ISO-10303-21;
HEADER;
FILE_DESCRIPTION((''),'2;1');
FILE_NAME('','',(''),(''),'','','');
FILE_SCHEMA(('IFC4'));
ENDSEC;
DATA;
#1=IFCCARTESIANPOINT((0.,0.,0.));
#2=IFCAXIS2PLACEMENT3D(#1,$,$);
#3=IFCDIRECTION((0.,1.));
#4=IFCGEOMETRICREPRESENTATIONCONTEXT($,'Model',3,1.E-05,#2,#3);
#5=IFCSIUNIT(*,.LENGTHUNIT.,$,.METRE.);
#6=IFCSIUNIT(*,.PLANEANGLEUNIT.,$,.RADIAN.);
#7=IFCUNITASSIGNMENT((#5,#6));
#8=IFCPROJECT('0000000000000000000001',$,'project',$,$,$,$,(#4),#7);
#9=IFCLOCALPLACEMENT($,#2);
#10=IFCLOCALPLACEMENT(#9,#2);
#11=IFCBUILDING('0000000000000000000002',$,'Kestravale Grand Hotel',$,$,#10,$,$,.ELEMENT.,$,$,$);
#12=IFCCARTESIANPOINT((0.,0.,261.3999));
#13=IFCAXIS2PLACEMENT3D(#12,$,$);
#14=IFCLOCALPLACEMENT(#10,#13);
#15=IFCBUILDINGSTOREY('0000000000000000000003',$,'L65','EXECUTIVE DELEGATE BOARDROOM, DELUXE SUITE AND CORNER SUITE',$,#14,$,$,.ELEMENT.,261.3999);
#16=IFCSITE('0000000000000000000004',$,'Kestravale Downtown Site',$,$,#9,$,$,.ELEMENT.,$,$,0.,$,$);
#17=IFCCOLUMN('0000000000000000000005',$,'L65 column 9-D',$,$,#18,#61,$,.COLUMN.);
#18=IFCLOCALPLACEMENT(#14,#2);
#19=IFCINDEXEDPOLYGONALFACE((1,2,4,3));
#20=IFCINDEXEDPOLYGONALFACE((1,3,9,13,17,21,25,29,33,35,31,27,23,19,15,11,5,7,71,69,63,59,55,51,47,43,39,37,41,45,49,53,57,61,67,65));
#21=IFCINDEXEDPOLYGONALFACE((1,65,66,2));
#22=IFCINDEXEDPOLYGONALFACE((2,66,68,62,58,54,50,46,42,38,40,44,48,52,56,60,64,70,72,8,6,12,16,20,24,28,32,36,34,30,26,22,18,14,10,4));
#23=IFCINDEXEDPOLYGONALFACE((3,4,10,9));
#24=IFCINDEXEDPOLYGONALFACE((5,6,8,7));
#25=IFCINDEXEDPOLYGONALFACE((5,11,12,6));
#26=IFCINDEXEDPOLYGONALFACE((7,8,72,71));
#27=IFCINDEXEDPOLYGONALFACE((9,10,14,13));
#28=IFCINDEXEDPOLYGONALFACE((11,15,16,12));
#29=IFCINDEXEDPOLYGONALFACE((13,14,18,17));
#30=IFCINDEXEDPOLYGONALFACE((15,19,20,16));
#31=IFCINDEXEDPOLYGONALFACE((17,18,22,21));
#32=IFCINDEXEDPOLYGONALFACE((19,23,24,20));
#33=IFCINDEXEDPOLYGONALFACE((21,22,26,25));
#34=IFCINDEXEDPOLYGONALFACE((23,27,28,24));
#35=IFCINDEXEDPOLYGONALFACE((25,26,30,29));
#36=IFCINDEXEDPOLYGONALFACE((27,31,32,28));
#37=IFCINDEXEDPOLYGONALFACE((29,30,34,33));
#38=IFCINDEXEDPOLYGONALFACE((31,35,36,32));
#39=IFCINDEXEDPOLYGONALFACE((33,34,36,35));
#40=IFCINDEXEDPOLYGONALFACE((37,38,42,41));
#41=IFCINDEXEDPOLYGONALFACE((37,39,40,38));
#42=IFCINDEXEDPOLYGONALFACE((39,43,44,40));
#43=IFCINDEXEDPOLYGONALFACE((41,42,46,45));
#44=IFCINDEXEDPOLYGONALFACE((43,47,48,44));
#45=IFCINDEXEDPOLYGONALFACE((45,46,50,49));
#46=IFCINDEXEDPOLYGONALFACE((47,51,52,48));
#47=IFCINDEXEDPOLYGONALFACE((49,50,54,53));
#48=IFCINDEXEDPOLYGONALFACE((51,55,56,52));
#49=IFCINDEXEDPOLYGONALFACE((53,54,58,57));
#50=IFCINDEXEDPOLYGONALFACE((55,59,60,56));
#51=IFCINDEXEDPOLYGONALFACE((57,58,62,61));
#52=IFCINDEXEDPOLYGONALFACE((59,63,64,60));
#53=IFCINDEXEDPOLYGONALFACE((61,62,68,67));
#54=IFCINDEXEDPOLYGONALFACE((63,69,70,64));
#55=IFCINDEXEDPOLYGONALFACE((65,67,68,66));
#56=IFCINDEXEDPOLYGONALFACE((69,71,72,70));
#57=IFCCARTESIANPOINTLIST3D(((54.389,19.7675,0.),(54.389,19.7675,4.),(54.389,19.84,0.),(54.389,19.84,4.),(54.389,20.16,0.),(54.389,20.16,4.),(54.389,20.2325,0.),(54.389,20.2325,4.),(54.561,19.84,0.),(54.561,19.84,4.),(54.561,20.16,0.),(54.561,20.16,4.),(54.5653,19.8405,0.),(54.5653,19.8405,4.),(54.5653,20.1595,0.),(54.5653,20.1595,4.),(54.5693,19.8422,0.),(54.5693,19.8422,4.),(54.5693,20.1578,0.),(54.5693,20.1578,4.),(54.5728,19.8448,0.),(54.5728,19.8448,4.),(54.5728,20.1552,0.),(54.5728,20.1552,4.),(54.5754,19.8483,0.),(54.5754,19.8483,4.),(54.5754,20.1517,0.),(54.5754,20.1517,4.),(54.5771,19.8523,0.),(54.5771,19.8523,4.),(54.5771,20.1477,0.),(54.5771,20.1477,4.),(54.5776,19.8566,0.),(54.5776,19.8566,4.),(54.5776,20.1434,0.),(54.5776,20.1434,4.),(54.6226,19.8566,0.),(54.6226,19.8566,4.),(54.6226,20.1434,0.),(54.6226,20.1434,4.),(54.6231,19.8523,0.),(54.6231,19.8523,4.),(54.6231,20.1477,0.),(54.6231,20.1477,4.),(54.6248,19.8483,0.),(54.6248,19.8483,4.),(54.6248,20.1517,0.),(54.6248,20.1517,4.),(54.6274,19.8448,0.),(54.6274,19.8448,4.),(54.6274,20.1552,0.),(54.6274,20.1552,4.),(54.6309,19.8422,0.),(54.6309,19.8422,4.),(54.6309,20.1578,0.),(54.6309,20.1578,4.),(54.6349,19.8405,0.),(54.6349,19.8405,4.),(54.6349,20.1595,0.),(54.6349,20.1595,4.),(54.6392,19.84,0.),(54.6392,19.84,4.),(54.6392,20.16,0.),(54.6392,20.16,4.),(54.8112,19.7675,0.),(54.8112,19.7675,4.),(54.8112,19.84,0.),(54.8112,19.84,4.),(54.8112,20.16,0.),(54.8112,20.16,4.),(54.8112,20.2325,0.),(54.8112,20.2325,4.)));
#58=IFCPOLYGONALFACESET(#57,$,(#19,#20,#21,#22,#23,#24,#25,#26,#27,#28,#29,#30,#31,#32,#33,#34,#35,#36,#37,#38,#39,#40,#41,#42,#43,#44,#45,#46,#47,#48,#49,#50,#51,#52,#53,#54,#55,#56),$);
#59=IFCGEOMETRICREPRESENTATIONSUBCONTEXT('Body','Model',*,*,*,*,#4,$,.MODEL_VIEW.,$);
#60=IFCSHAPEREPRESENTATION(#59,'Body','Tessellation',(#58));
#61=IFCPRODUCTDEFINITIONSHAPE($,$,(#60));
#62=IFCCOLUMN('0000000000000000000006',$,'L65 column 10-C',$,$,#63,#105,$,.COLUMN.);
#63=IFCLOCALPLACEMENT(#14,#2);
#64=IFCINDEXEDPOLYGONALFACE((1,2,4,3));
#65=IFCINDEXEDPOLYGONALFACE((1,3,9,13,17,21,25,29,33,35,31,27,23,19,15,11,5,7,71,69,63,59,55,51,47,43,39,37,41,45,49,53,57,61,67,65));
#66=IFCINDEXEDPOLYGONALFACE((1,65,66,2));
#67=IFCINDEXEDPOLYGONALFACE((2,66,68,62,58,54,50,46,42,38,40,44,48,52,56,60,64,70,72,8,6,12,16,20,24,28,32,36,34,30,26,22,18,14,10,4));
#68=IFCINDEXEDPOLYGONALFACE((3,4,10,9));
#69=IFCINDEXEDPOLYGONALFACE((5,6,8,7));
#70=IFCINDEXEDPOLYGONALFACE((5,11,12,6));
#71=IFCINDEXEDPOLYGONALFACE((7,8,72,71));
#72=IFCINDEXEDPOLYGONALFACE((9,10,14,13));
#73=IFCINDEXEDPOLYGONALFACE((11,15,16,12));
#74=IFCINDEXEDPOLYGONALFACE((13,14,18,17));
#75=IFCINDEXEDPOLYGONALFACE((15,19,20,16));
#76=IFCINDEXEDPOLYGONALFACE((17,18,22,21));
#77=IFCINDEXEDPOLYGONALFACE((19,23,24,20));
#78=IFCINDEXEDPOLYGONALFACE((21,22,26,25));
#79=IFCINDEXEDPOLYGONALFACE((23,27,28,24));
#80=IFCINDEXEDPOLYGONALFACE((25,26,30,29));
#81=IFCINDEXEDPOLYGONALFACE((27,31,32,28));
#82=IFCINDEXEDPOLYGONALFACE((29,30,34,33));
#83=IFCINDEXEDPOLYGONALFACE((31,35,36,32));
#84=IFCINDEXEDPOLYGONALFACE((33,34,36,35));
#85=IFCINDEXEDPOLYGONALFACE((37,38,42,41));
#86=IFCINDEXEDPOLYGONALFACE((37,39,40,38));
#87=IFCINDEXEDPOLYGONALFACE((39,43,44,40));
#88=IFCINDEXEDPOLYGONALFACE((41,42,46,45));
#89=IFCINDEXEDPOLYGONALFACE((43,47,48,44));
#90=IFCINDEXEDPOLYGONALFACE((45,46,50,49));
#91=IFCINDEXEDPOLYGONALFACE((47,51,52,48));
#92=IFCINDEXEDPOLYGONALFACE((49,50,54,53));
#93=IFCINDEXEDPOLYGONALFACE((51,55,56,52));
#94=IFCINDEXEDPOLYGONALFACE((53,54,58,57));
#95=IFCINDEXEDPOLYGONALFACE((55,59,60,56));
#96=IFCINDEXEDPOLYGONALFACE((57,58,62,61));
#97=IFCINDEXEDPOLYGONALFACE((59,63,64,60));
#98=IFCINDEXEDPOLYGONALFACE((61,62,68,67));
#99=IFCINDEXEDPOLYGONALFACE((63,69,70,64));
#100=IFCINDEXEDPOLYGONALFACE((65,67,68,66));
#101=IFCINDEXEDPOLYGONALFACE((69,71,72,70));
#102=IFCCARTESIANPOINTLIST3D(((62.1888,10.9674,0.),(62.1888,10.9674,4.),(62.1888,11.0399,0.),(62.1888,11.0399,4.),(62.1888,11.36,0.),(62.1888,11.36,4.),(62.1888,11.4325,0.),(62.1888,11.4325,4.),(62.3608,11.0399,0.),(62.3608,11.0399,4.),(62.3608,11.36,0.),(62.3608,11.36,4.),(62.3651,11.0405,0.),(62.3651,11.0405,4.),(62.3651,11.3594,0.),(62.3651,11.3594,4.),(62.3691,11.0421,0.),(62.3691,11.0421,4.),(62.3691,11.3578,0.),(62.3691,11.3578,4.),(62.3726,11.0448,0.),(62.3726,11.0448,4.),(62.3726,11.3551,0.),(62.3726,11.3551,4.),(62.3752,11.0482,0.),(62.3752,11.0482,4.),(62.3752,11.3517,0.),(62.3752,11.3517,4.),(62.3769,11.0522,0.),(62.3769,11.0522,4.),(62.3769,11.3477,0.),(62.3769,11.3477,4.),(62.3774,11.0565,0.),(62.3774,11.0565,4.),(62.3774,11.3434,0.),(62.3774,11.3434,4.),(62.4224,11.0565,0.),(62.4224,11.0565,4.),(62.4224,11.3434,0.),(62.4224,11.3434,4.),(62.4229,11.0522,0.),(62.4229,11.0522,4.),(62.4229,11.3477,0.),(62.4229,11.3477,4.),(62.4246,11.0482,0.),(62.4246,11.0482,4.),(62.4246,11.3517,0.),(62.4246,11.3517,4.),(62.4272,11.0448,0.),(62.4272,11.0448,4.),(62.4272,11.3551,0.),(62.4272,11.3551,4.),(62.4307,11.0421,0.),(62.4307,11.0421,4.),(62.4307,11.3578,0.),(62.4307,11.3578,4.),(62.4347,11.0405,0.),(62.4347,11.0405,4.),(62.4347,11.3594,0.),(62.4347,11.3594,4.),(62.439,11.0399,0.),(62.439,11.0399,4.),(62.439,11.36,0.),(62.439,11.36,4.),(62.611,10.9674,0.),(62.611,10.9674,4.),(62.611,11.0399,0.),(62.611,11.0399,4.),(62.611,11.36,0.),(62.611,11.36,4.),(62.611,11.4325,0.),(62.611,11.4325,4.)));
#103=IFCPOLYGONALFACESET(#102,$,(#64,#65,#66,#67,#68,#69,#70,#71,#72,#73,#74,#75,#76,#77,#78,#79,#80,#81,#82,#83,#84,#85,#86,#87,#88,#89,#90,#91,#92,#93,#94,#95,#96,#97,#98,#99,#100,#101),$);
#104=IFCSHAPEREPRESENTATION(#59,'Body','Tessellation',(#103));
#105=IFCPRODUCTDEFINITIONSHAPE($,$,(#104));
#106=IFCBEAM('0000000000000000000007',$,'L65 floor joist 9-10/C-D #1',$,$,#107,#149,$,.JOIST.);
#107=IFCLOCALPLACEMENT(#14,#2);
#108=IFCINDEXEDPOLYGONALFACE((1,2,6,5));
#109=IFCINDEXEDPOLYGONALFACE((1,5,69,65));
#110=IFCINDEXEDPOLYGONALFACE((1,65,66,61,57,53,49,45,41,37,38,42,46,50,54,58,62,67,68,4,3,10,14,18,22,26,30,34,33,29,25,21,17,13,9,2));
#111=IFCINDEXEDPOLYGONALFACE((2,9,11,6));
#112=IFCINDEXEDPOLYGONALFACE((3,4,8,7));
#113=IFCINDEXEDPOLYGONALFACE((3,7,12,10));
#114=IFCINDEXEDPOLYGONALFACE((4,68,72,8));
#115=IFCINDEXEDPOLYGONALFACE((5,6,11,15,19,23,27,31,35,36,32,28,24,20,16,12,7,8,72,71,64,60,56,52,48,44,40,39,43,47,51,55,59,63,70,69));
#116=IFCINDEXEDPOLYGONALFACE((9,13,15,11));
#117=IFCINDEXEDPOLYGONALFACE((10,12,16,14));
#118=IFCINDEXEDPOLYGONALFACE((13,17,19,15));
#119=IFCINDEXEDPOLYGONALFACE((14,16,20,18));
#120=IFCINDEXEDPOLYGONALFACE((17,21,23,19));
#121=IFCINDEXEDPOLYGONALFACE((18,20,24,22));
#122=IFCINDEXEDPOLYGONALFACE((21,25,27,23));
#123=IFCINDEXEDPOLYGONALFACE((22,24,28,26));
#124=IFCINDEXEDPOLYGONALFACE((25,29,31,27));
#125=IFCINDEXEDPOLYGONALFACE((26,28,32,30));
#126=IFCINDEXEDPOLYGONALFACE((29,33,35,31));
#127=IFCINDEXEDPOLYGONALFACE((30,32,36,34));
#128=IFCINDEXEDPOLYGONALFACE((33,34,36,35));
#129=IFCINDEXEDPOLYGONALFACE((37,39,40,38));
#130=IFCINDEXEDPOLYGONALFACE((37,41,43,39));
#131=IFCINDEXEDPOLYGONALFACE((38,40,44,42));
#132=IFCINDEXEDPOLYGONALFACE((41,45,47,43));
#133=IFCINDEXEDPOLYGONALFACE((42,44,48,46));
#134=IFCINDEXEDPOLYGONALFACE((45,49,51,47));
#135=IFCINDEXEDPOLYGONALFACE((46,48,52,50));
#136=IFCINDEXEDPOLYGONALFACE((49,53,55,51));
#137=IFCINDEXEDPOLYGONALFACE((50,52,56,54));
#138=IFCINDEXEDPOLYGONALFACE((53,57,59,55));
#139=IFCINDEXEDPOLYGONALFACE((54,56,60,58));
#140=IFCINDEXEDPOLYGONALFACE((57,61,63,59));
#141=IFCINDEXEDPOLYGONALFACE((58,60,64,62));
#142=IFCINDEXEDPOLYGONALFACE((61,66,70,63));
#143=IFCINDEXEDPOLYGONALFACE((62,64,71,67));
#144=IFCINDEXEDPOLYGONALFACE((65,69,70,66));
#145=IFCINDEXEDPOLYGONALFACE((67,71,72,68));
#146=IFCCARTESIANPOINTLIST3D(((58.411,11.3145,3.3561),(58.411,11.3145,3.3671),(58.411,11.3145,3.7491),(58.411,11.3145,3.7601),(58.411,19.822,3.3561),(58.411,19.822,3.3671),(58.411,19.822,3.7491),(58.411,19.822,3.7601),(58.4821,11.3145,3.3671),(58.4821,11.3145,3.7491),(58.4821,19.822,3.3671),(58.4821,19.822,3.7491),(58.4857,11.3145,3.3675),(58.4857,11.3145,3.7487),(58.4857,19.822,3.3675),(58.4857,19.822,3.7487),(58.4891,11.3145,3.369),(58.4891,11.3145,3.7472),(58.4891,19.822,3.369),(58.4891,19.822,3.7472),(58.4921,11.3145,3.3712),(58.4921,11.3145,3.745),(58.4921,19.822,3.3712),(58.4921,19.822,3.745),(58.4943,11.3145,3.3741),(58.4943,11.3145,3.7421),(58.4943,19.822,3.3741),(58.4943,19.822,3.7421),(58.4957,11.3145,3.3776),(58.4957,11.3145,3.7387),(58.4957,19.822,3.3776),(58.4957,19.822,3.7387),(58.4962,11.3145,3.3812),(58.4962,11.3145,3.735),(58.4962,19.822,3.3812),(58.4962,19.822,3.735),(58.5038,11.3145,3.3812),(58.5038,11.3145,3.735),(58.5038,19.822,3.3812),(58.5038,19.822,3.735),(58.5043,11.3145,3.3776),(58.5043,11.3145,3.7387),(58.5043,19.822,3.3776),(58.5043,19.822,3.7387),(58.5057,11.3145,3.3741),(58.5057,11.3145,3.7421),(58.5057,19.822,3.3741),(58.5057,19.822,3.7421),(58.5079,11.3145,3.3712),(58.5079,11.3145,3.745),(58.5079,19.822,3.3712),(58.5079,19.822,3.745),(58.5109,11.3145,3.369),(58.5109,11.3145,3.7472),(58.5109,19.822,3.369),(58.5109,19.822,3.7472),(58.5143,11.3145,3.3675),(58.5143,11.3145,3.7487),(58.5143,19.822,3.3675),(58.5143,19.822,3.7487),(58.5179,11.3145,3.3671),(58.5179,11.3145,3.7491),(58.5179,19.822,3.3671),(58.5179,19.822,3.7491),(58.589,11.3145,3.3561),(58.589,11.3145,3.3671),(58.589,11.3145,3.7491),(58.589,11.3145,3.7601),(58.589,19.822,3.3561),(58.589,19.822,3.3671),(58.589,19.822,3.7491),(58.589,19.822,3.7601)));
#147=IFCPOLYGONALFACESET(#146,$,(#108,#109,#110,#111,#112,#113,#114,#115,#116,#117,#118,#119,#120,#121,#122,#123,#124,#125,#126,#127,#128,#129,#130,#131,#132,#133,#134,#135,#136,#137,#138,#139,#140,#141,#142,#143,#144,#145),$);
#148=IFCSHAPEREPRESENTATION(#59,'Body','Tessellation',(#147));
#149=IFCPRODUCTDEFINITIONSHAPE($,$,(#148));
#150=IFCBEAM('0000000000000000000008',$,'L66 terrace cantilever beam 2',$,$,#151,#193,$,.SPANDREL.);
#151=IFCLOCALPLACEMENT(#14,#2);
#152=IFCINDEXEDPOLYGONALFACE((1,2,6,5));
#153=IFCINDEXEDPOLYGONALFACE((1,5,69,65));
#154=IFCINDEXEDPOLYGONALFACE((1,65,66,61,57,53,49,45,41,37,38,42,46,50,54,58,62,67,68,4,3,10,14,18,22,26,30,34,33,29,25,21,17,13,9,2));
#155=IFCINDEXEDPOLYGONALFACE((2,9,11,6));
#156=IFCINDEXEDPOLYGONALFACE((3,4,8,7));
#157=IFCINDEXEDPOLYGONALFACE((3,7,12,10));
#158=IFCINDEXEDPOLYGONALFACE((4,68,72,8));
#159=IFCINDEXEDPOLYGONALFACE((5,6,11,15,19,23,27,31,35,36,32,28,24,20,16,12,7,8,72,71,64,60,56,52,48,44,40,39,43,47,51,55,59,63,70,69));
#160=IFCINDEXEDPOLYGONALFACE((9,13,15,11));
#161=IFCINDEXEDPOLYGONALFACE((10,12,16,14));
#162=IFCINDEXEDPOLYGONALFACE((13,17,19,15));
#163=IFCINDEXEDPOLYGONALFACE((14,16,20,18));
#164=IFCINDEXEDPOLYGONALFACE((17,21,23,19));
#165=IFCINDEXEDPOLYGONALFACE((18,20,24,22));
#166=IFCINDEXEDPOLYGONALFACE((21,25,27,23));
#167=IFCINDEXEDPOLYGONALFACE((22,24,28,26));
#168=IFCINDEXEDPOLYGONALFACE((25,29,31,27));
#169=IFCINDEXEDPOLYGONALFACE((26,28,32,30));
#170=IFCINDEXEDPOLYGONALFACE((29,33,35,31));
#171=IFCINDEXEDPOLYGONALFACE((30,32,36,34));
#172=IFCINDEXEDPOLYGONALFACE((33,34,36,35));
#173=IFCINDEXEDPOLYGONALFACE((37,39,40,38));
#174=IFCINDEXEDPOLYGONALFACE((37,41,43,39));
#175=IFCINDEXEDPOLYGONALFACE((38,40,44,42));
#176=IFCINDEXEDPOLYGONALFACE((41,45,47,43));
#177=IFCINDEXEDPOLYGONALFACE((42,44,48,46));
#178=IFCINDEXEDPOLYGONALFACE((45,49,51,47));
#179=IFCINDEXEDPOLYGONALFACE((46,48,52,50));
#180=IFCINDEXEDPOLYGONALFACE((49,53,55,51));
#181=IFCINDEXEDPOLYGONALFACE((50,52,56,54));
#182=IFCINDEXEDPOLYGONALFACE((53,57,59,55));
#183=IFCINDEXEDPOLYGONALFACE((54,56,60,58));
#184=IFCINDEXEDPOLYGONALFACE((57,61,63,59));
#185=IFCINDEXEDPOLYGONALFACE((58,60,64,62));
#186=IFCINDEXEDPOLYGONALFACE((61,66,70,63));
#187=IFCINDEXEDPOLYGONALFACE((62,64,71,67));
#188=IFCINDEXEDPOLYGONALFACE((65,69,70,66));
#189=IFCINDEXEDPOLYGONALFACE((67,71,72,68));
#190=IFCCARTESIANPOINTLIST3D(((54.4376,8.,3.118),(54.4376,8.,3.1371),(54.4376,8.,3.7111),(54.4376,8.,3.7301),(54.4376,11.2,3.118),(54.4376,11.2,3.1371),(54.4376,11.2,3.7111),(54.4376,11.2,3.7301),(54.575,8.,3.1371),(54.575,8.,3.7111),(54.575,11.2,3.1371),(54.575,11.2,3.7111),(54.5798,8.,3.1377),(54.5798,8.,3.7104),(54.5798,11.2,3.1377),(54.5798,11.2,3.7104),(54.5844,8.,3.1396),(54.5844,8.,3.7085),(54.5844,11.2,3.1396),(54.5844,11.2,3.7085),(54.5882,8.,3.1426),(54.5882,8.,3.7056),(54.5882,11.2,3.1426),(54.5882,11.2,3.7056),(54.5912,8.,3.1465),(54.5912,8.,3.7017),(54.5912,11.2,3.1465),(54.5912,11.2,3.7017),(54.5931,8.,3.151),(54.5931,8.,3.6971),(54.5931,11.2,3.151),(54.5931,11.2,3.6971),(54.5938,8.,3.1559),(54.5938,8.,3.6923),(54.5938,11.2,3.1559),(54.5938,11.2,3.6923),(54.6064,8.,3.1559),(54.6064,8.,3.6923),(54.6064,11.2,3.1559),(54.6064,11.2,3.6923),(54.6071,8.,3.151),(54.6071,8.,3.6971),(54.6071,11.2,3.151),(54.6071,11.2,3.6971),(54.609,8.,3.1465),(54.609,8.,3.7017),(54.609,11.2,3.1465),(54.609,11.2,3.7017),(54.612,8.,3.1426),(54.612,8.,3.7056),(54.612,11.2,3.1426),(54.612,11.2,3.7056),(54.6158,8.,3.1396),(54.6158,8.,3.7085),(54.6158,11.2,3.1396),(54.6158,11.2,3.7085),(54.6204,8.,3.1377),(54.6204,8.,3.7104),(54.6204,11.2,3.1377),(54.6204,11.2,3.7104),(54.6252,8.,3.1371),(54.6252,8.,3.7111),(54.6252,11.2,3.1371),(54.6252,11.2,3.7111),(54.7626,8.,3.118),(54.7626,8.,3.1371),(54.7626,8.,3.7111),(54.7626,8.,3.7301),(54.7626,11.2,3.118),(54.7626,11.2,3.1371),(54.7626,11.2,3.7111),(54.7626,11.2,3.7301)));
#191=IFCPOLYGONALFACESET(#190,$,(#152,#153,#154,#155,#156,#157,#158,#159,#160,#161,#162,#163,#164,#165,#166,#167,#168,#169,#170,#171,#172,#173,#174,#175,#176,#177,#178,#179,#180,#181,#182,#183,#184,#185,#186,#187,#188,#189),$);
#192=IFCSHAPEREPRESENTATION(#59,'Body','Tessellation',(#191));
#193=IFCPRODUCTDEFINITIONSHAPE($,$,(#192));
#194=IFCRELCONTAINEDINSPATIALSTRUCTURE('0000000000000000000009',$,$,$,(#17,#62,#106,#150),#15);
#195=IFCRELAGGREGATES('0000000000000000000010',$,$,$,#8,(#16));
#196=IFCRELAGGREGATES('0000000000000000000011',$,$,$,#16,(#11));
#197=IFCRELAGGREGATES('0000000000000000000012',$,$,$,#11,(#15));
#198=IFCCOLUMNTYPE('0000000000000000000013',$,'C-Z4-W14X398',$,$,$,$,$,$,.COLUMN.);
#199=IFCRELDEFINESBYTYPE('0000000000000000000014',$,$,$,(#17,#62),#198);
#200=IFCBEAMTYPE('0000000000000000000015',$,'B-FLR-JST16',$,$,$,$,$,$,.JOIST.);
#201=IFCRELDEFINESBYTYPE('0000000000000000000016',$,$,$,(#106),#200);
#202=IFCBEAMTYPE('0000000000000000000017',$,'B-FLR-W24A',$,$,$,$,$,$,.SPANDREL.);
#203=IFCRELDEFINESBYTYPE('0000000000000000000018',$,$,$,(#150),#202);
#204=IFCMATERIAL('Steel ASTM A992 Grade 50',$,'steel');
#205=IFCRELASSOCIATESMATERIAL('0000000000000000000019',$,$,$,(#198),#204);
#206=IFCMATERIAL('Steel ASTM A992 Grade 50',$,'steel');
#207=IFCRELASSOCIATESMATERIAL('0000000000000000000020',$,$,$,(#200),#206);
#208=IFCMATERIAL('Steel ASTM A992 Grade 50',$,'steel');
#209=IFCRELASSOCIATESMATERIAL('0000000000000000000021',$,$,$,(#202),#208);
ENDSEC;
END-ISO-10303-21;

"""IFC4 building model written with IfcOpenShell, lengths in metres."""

from ifc_helpers import new_model, si_unit, direction, frame, origin, origin_2d, place, context, subcontext, project, spatial, i_section, extrude, material, material_profile, profile_set, type_object, element, save


model = new_model("IFC4")

# Units and contexts
model_context = context("Model", 3, precision=1e-05, world=origin(), true_north=direction((0.0, 1.0)))
body_context = subcontext(model_context, "Body", "Model", "MODEL_VIEW")
ifc_project = project(units=[si_unit("LENGTHUNIT", "METRE"), si_unit("PLANEANGLEUNIT", "RADIAN")], contexts=[model_context])

# Site, building, storey
site_placement = place(None, origin())
site = spatial("IfcSite", under=ifc_project, at=site_placement, Name="Kestravale Downtown Site", CompositionType="ELEMENT", RefElevation=0.0)
building_placement = place(site_placement, origin())
building = spatial("IfcBuilding", under=site, at=building_placement, Name="Kestravale Grand Hotel", CompositionType="ELEMENT")
storey_placement = place(building_placement, frame((0.0, 0.0, 261.3999)))
storey = spatial("IfcBuildingStorey", under=building, at=storey_placement, Name="L65", Description="EXECUTIVE DELEGATE BOARDROOM, DELUXE SUITE AND CORNER SUITE", CompositionType="ELEMENT", Elevation=261.3999)

# Columns
ifc_material_1 = material(Name="Steel ASTM A992 Grade 50", Category="steel")
ifc_material_profile_1 = material_profile(ifc_material_1, i_section(OverallWidth=0.4221, OverallDepth=0.4651, WebThickness=0.0449, FlangeThickness=0.0725, FilletRadius=0.0166, at=origin_2d()))
ifc_profile_set_1 = profile_set([ifc_material_profile_1], Name="Steel ASTM A992 Grade 50")
column_type = type_object("IfcColumnType", Name="C-Z4-W14X398", PredefinedType="COLUMN", material=ifc_profile_set_1)
for number, where, z_axis, x_axis, name in (
    (1, (54.6001, 20.0, 0.0), (0.0, 0.0, 1.0), (1.0, 0.0, 0.0), "L65 column 9-D"),
    (2, (62.3999, 11.2, 0.0), (0.0, 0.0, 1.0), (1.0, 0.0, 0.0), "L65 column 10-C"),
):
    element("IfcColumn", number, at=place(storey_placement, frame(where, z_axis=z_axis, x_axis=x_axis)), inside=storey, type_object=column_type, Name=name, PredefinedType="COLUMN", context=body_context, shape_type="SweptSolid", body=[
        extrude(i_section(OverallWidth=0.4221, OverallDepth=0.4651, WebThickness=0.0449, FlangeThickness=0.0725, FilletRadius=0.0166, at=origin_2d()), origin(), (0.0, 0.0, 1.0), 4.0),
    ])

# Beams
ifc_material_2 = material(Name="Steel ASTM A992 Grade 50", Category="steel")
ifc_material_profile_2 = material_profile(ifc_material_2, i_section(OverallWidth=0.178, OverallDepth=0.4041, WebThickness=0.0076, FlangeThickness=0.011, FilletRadius=0.0142, at=origin_2d()))
ifc_profile_set_2 = profile_set([ifc_material_profile_2], Name="Steel ASTM A992 Grade 50")
beam_type_1 = type_object("IfcBeamType", Name="B-FLR-JST16", PredefinedType="JOIST", material=ifc_profile_set_2)
beam_1_placement = place(storey_placement, frame((58.5, 11.3145, 3.5581), z_axis=(0.0, 1.0, 0.0), x_axis=(-1.0, 0.0, 0.0)))
element("IfcBeam", 3, at=beam_1_placement, inside=storey, type_object=beam_type_1, Name="L65 floor joist 9-10/C-D #1", PredefinedType="JOIST", context=body_context, shape_type="SweptSolid", body=[
    extrude(i_section(OverallWidth=0.178, OverallDepth=0.4041, WebThickness=0.0076, FlangeThickness=0.011, FilletRadius=0.0142, at=origin_2d()), origin(), (0.0, 0.0, 1.0), 8.5076),
])
ifc_material_3 = material(Name="Steel ASTM A992 Grade 50", Category="steel")
ifc_material_profile_3 = material_profile(ifc_material_3, i_section(OverallWidth=0.325, OverallDepth=0.6121, WebThickness=0.0127, FlangeThickness=0.019, FilletRadius=0.0188, at=origin_2d()))
ifc_profile_set_3 = profile_set([ifc_material_profile_3], Name="Steel ASTM A992 Grade 50")
beam_type_2 = type_object("IfcBeamType", Name="B-FLR-W24A", PredefinedType="SPANDREL", material=ifc_profile_set_3)
beam_2_placement = place(storey_placement, frame((54.6001, 11.2, 3.4241), z_axis=(0.0, -1.0, 0.0), x_axis=(1.0, 0.0, 0.0)))
element("IfcBeam", 4, at=beam_2_placement, inside=storey, type_object=beam_type_2, Name="L66 terrace cantilever beam 2", PredefinedType="SPANDREL", context=body_context, shape_type="SweptSolid", body=[
    extrude(i_section(OverallWidth=0.325, OverallDepth=0.6121, WebThickness=0.0127, FlangeThickness=0.019, FilletRadius=0.0188, at=origin_2d()), origin(), (0.0, 0.0, 1.0), 3.2),
])

save(model, "model.ifc")
